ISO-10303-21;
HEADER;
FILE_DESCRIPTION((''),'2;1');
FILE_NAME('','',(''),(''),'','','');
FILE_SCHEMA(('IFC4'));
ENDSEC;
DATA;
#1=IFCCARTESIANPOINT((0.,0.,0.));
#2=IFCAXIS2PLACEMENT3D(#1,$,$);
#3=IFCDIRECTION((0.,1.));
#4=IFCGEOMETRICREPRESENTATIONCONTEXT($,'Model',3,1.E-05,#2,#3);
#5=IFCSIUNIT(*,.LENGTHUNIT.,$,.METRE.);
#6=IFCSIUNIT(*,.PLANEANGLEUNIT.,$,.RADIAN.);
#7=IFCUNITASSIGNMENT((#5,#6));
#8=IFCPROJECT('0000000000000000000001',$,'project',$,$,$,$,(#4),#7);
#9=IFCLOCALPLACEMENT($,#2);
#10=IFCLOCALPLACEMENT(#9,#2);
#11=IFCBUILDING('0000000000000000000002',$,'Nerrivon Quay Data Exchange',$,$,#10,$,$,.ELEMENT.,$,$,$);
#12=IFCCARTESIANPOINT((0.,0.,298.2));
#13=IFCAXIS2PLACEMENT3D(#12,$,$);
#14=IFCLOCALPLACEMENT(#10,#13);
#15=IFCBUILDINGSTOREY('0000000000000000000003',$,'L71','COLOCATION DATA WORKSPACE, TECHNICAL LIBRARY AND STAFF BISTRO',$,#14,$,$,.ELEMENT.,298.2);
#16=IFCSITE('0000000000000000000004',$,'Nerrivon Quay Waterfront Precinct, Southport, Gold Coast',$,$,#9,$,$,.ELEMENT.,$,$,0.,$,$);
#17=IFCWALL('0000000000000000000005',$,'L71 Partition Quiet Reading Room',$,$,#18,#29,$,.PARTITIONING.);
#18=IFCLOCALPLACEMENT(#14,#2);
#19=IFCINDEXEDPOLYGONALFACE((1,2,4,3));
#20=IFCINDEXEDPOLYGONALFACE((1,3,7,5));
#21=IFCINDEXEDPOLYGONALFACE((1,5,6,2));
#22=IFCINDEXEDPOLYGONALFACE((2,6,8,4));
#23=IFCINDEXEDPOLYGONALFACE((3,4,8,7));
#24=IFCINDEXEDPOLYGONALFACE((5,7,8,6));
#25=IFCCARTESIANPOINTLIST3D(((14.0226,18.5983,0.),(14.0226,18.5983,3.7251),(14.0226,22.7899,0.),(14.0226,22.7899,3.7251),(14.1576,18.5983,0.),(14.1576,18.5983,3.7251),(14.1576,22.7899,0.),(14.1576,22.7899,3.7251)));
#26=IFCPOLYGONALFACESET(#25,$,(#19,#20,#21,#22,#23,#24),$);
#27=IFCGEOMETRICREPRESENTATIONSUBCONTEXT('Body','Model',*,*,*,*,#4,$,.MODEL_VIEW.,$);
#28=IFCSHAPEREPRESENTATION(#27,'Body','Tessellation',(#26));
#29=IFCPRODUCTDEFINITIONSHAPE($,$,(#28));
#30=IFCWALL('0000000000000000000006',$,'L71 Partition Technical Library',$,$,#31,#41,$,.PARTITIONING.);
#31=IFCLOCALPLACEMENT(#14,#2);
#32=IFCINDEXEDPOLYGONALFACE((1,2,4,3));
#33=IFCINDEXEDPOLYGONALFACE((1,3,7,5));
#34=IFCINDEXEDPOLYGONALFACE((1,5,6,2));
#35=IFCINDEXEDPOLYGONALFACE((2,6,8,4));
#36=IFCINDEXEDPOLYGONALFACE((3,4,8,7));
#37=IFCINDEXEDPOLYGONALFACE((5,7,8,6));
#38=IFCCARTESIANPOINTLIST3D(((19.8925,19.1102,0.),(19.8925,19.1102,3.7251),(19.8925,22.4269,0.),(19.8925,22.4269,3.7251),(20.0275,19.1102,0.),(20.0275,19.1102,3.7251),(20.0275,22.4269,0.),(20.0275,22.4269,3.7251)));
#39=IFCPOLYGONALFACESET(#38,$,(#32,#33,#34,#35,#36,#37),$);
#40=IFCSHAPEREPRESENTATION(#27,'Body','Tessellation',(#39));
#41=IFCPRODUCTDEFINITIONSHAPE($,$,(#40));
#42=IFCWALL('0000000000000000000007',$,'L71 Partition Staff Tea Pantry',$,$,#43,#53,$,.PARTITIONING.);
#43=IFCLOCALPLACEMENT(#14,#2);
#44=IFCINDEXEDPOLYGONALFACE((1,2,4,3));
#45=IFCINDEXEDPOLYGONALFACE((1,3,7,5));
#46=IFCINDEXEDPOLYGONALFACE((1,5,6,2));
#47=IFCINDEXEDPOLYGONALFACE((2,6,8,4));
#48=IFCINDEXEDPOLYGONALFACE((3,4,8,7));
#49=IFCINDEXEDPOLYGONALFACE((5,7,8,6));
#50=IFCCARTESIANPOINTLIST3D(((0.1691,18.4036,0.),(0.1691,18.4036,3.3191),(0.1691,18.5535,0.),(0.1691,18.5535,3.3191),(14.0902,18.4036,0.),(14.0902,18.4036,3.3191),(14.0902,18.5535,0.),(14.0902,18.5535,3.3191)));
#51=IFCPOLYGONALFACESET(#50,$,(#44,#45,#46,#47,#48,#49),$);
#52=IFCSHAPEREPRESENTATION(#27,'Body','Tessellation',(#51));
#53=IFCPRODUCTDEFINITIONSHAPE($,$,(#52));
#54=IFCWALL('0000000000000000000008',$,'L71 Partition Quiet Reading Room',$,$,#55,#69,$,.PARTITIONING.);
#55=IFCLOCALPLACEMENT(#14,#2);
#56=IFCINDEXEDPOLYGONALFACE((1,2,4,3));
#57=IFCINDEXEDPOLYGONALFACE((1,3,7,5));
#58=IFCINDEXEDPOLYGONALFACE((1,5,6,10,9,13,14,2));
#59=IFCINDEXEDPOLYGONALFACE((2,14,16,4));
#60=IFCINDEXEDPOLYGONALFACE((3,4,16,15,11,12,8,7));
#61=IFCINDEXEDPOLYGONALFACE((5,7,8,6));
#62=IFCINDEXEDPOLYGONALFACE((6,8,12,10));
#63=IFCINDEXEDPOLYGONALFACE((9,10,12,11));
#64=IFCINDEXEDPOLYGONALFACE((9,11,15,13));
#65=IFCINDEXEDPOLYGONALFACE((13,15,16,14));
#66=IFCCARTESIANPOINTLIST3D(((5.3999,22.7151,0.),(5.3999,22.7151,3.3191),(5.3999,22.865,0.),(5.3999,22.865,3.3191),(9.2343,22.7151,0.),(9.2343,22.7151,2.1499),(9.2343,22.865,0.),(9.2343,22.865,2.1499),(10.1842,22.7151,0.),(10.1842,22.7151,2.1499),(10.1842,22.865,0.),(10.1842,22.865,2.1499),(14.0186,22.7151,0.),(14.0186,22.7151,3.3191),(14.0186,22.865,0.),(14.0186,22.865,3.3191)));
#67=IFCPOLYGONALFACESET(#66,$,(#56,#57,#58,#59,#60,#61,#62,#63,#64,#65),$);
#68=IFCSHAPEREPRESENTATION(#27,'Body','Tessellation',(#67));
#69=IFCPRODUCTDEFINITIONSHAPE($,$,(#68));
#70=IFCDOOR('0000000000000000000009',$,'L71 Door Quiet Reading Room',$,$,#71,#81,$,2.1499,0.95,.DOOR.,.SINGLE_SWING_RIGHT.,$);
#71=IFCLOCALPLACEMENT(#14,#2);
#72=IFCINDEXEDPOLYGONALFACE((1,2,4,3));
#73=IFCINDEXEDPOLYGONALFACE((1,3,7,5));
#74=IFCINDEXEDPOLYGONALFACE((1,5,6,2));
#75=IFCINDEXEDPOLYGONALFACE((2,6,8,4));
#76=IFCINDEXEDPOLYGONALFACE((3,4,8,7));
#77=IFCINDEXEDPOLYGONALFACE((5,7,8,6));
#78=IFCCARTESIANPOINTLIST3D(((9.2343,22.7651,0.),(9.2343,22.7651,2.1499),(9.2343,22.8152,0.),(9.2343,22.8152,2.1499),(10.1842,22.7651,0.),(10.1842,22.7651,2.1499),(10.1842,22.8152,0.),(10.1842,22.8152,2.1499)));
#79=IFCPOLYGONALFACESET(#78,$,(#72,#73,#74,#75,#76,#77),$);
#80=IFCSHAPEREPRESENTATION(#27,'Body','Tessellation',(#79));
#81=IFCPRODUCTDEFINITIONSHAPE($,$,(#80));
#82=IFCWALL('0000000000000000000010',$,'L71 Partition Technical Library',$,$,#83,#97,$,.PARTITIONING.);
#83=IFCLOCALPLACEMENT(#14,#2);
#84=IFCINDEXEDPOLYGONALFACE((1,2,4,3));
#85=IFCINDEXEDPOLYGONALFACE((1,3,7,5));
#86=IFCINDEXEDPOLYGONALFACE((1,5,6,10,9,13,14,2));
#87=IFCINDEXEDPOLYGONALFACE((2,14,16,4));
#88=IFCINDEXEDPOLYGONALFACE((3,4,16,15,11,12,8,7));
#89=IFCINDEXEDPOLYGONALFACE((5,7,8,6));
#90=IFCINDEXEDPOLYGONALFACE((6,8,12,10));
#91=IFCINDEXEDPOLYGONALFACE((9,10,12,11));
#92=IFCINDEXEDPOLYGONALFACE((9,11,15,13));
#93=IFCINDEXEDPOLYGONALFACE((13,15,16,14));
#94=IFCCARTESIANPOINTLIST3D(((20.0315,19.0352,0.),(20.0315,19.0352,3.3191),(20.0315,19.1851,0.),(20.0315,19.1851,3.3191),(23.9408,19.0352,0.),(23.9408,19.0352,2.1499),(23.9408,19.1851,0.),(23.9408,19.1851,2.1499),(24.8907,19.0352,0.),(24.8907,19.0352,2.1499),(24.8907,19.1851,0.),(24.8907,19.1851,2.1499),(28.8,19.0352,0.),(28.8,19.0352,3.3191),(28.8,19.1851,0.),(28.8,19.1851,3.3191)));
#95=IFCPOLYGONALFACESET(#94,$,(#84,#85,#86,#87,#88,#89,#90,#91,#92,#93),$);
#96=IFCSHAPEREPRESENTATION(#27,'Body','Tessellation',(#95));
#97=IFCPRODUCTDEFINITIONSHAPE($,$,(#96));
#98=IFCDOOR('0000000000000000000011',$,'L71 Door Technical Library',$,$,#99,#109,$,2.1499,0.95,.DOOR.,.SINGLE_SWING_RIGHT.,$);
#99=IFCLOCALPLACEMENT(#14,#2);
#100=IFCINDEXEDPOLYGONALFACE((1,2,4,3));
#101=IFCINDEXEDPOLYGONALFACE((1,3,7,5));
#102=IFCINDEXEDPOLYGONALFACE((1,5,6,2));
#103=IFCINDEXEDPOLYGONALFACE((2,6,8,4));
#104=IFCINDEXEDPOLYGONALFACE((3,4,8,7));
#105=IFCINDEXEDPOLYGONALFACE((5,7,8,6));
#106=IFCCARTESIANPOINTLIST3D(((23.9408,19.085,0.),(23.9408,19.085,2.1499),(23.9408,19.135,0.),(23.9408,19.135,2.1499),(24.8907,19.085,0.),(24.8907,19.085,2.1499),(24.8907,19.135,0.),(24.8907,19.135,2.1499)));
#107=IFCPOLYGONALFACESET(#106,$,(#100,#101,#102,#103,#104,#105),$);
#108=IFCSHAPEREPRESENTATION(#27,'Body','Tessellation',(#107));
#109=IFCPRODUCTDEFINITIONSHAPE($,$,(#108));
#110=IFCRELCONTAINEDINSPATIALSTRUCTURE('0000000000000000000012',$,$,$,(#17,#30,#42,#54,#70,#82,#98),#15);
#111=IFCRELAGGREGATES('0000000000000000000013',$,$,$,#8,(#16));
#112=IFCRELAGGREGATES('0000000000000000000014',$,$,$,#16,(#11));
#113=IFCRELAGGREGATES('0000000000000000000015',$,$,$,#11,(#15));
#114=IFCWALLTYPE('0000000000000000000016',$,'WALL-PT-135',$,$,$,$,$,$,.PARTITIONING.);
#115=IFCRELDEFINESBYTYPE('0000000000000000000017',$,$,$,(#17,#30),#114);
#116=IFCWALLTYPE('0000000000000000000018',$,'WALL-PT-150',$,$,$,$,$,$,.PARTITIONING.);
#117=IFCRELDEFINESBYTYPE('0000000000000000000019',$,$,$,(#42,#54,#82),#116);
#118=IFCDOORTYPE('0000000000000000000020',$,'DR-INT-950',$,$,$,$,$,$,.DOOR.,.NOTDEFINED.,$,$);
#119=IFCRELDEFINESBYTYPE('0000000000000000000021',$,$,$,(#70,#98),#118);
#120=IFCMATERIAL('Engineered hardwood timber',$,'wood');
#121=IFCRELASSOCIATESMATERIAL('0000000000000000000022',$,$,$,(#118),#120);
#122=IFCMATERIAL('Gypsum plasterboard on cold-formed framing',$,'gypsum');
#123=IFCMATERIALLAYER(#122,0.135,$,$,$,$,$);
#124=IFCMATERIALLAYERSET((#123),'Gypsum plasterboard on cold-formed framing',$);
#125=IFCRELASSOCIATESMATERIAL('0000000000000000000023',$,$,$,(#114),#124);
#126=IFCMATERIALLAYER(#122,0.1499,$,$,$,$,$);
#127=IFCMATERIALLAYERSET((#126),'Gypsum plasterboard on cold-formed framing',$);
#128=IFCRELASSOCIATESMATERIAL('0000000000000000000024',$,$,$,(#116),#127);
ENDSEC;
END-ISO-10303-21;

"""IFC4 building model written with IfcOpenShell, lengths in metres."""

from ifc_helpers import new_model, si_unit, direction, frame, frame_2d, origin, place, context, subcontext, project, spatial, rectangle, extrude, material, layer, layer_set, type_object, element, fill, save


model = new_model("IFC4")

# Units and contexts
model_context = context("Model", 3, precision=1e-05, world=origin(), true_north=direction((0.0, 1.0)))
body_context = subcontext(model_context, "Body", "Model", "MODEL_VIEW")
ifc_project = project(units=[si_unit("LENGTHUNIT", "METRE"), si_unit("PLANEANGLEUNIT", "RADIAN")], contexts=[model_context])

# Site, building, storey
site_placement = place(None, origin())
site = spatial("IfcSite", under=ifc_project, at=site_placement, Name="Nerrivon Quay Waterfront Precinct, Southport, Gold Coast", CompositionType="ELEMENT", RefElevation=0.0)
building_placement = place(site_placement, origin())
building = spatial("IfcBuilding", under=site, at=building_placement, Name="Nerrivon Quay Data Exchange", CompositionType="ELEMENT")
storey_placement = place(building_placement, frame((0.0, 0.0, 298.2)))
storey = spatial("IfcBuildingStorey", under=building, at=storey_placement, Name="L71", Description="COLOCATION DATA WORKSPACE, TECHNICAL LIBRARY AND STAFF BISTRO", CompositionType="ELEMENT", Elevation=298.2)

# Shared definitions
ifc_material_1 = material(Name="Gypsum plasterboard on cold-formed framing", Category="gypsum")

# Shared definitions
ifc_material_2 = material(Name="Engineered hardwood timber", Category="wood")
door_type = type_object("IfcDoorType", Name="DR-INT-950", OperationType="NOTDEFINED", PredefinedType="DOOR", material=ifc_material_2)

# Walls
ifc_layer_1 = layer(ifc_material_1, 0.135)
ifc_layer_set_1 = layer_set([ifc_layer_1], Name="Gypsum plasterboard on cold-formed framing")
wall_type_1 = type_object("IfcWallType", Name="WALL-PT-135", PredefinedType="PARTITIONING", material=ifc_layer_set_1)
wall_1_placement = place(storey_placement, frame((14.0901, 18.5984, 0.0), z_axis=(0.0, 0.0, 1.0), x_axis=(0.0, 1.0, 0.0)))
element("IfcWall", 1, at=wall_1_placement, inside=storey, type_object=wall_type_1, Name="L71 Partition Quiet Reading Room", PredefinedType="PARTITIONING", context=body_context, shape_type="SweptSolid", body=[
    extrude(rectangle(XDim=4.1917, YDim=0.135, at=frame_2d((2.0957, 0.0))), origin(), (0.0, 0.0, 1.0), 3.7251),
])
wall_2_placement = place(storey_placement, frame((19.96, 22.4268, 0.0), z_axis=(0.0, 0.0, 1.0), x_axis=(0.0, -1.0, 0.0)))
element("IfcWall", 2, at=wall_2_placement, inside=storey, type_object=wall_type_1, Name="L71 Partition Technical Library", PredefinedType="PARTITIONING", context=body_context, shape_type="SweptSolid", body=[
    extrude(rectangle(XDim=3.3167, YDim=0.135, at=frame_2d((1.6582, 0.0))), origin(), (0.0, 0.0, 1.0), 3.7251),
])
ifc_layer_2 = layer(ifc_material_1, 0.1499)
ifc_layer_set_2 = layer_set([ifc_layer_2], Name="Gypsum plasterboard on cold-formed framing")
wall_type_2 = type_object("IfcWallType", Name="WALL-PT-150", PredefinedType="PARTITIONING", material=ifc_layer_set_2)
wall_3_placement = place(storey_placement, frame((14.0901, 18.4785, 0.0), z_axis=(0.0, 0.0, 1.0), x_axis=(-1.0, 0.0, 0.0)))
element("IfcWall", 3, at=wall_3_placement, inside=storey, type_object=wall_type_2, Name="L71 Partition Staff Tea Pantry", PredefinedType="PARTITIONING", context=body_context, shape_type="SweptSolid", body=[
    extrude(rectangle(XDim=13.9211, YDim=0.1499, at=frame_2d((6.9604, 0.0))), origin(), (0.0, 0.0, 1.0), 3.3191),
])

# Walls, openings, doors
wall_4_placement = place(storey_placement, frame((14.0186, 22.79, 0.0), z_axis=(0.0, 0.0, 1.0), x_axis=(-1.0, 0.0, 0.0)))
wall_4 = element("IfcWall", 4, at=wall_4_placement, inside=storey, type_object=wall_type_2, Name="L71 Partition Quiet Reading Room", PredefinedType="PARTITIONING", context=body_context, shape_type="SweptSolid", body=[
    extrude(rectangle(XDim=8.6187, YDim=0.1499, at=frame_2d((4.3093, 0.0))), origin(), (0.0, 0.0, 1.0), 3.3191),
])
opening_1_placement = place(wall_4_placement, frame((3.8342, 0.0, 0.0)))
opening_1 = element("IfcOpeningElement", 5, at=opening_1_placement, cuts=wall_4, PredefinedType="OPENING", context=body_context, shape_type="SweptSolid", body=[
    extrude(rectangle(XDim=0.95, YDim=2.1499, at=frame_2d((0.4751, 1.075))), frame((0.0, 0.085, 0.0), z_axis=(0.0, -1.0, 0.0), x_axis=(1.0, 0.0, 0.0)), (0.0, 0.0, 1.0), 0.1699),
])
door_1_placement = place(opening_1_placement, origin())
door_1 = element("IfcDoor", 6, at=door_1_placement, inside=storey, type_object=door_type, Name="L71 Door Quiet Reading Room", OperationType="SINGLE_SWING_RIGHT", OverallHeight=2.1499, OverallWidth=0.95, PredefinedType="DOOR", context=body_context, shape_type="SweptSolid", body=[
    extrude(rectangle(XDim=0.95, YDim=2.1499, at=frame_2d((0.4751, 1.075))), frame((0.0, 0.0249, 0.0), z_axis=(0.0, -1.0, 0.0), x_axis=(1.0, 0.0, 0.0)), (0.0, 0.0, 1.0), 0.05),
])
fill(opening_1, door_1)
wall_5_placement = place(storey_placement, frame((20.0315, 19.1101, 0.0), z_axis=(0.0, 0.0, 1.0), x_axis=(1.0, 0.0, 0.0)))
wall_5 = element("IfcWall", 7, at=wall_5_placement, inside=storey, type_object=wall_type_2, Name="L71 Partition Technical Library", PredefinedType="PARTITIONING", context=body_context, shape_type="SweptSolid", body=[
    extrude(rectangle(XDim=8.7686, YDim=0.1499, at=frame_2d((4.3843, 0.0))), origin(), (0.0, 0.0, 1.0), 3.3191),
])
opening_2_placement = place(wall_5_placement, frame((3.9092, 0.0, 0.0)))
opening_2 = element("IfcOpeningElement", 8, at=opening_2_placement, cuts=wall_5, PredefinedType="OPENING", context=body_context, shape_type="SweptSolid", body=[
    extrude(rectangle(XDim=0.95, YDim=2.1499, at=frame_2d((0.4751, 1.075))), frame((0.0, 0.085, 0.0), z_axis=(0.0, -1.0, 0.0), x_axis=(1.0, 0.0, 0.0)), (0.0, 0.0, 1.0), 0.1699),
])
door_2_placement = place(opening_2_placement, origin())
door_2 = element("IfcDoor", 9, at=door_2_placement, inside=storey, type_object=door_type, Name="L71 Door Technical Library", OperationType="SINGLE_SWING_RIGHT", OverallHeight=2.1499, OverallWidth=0.95, PredefinedType="DOOR", context=body_context, shape_type="SweptSolid", body=[
    extrude(rectangle(XDim=0.95, YDim=2.1499, at=frame_2d((0.4751, 1.075))), frame((0.0, 0.0249, 0.0), z_axis=(0.0, -1.0, 0.0), x_axis=(1.0, 0.0, 0.0)), (0.0, 0.0, 1.0), 0.05),
])
fill(opening_2, door_2)

save(model, "model.ifc")
